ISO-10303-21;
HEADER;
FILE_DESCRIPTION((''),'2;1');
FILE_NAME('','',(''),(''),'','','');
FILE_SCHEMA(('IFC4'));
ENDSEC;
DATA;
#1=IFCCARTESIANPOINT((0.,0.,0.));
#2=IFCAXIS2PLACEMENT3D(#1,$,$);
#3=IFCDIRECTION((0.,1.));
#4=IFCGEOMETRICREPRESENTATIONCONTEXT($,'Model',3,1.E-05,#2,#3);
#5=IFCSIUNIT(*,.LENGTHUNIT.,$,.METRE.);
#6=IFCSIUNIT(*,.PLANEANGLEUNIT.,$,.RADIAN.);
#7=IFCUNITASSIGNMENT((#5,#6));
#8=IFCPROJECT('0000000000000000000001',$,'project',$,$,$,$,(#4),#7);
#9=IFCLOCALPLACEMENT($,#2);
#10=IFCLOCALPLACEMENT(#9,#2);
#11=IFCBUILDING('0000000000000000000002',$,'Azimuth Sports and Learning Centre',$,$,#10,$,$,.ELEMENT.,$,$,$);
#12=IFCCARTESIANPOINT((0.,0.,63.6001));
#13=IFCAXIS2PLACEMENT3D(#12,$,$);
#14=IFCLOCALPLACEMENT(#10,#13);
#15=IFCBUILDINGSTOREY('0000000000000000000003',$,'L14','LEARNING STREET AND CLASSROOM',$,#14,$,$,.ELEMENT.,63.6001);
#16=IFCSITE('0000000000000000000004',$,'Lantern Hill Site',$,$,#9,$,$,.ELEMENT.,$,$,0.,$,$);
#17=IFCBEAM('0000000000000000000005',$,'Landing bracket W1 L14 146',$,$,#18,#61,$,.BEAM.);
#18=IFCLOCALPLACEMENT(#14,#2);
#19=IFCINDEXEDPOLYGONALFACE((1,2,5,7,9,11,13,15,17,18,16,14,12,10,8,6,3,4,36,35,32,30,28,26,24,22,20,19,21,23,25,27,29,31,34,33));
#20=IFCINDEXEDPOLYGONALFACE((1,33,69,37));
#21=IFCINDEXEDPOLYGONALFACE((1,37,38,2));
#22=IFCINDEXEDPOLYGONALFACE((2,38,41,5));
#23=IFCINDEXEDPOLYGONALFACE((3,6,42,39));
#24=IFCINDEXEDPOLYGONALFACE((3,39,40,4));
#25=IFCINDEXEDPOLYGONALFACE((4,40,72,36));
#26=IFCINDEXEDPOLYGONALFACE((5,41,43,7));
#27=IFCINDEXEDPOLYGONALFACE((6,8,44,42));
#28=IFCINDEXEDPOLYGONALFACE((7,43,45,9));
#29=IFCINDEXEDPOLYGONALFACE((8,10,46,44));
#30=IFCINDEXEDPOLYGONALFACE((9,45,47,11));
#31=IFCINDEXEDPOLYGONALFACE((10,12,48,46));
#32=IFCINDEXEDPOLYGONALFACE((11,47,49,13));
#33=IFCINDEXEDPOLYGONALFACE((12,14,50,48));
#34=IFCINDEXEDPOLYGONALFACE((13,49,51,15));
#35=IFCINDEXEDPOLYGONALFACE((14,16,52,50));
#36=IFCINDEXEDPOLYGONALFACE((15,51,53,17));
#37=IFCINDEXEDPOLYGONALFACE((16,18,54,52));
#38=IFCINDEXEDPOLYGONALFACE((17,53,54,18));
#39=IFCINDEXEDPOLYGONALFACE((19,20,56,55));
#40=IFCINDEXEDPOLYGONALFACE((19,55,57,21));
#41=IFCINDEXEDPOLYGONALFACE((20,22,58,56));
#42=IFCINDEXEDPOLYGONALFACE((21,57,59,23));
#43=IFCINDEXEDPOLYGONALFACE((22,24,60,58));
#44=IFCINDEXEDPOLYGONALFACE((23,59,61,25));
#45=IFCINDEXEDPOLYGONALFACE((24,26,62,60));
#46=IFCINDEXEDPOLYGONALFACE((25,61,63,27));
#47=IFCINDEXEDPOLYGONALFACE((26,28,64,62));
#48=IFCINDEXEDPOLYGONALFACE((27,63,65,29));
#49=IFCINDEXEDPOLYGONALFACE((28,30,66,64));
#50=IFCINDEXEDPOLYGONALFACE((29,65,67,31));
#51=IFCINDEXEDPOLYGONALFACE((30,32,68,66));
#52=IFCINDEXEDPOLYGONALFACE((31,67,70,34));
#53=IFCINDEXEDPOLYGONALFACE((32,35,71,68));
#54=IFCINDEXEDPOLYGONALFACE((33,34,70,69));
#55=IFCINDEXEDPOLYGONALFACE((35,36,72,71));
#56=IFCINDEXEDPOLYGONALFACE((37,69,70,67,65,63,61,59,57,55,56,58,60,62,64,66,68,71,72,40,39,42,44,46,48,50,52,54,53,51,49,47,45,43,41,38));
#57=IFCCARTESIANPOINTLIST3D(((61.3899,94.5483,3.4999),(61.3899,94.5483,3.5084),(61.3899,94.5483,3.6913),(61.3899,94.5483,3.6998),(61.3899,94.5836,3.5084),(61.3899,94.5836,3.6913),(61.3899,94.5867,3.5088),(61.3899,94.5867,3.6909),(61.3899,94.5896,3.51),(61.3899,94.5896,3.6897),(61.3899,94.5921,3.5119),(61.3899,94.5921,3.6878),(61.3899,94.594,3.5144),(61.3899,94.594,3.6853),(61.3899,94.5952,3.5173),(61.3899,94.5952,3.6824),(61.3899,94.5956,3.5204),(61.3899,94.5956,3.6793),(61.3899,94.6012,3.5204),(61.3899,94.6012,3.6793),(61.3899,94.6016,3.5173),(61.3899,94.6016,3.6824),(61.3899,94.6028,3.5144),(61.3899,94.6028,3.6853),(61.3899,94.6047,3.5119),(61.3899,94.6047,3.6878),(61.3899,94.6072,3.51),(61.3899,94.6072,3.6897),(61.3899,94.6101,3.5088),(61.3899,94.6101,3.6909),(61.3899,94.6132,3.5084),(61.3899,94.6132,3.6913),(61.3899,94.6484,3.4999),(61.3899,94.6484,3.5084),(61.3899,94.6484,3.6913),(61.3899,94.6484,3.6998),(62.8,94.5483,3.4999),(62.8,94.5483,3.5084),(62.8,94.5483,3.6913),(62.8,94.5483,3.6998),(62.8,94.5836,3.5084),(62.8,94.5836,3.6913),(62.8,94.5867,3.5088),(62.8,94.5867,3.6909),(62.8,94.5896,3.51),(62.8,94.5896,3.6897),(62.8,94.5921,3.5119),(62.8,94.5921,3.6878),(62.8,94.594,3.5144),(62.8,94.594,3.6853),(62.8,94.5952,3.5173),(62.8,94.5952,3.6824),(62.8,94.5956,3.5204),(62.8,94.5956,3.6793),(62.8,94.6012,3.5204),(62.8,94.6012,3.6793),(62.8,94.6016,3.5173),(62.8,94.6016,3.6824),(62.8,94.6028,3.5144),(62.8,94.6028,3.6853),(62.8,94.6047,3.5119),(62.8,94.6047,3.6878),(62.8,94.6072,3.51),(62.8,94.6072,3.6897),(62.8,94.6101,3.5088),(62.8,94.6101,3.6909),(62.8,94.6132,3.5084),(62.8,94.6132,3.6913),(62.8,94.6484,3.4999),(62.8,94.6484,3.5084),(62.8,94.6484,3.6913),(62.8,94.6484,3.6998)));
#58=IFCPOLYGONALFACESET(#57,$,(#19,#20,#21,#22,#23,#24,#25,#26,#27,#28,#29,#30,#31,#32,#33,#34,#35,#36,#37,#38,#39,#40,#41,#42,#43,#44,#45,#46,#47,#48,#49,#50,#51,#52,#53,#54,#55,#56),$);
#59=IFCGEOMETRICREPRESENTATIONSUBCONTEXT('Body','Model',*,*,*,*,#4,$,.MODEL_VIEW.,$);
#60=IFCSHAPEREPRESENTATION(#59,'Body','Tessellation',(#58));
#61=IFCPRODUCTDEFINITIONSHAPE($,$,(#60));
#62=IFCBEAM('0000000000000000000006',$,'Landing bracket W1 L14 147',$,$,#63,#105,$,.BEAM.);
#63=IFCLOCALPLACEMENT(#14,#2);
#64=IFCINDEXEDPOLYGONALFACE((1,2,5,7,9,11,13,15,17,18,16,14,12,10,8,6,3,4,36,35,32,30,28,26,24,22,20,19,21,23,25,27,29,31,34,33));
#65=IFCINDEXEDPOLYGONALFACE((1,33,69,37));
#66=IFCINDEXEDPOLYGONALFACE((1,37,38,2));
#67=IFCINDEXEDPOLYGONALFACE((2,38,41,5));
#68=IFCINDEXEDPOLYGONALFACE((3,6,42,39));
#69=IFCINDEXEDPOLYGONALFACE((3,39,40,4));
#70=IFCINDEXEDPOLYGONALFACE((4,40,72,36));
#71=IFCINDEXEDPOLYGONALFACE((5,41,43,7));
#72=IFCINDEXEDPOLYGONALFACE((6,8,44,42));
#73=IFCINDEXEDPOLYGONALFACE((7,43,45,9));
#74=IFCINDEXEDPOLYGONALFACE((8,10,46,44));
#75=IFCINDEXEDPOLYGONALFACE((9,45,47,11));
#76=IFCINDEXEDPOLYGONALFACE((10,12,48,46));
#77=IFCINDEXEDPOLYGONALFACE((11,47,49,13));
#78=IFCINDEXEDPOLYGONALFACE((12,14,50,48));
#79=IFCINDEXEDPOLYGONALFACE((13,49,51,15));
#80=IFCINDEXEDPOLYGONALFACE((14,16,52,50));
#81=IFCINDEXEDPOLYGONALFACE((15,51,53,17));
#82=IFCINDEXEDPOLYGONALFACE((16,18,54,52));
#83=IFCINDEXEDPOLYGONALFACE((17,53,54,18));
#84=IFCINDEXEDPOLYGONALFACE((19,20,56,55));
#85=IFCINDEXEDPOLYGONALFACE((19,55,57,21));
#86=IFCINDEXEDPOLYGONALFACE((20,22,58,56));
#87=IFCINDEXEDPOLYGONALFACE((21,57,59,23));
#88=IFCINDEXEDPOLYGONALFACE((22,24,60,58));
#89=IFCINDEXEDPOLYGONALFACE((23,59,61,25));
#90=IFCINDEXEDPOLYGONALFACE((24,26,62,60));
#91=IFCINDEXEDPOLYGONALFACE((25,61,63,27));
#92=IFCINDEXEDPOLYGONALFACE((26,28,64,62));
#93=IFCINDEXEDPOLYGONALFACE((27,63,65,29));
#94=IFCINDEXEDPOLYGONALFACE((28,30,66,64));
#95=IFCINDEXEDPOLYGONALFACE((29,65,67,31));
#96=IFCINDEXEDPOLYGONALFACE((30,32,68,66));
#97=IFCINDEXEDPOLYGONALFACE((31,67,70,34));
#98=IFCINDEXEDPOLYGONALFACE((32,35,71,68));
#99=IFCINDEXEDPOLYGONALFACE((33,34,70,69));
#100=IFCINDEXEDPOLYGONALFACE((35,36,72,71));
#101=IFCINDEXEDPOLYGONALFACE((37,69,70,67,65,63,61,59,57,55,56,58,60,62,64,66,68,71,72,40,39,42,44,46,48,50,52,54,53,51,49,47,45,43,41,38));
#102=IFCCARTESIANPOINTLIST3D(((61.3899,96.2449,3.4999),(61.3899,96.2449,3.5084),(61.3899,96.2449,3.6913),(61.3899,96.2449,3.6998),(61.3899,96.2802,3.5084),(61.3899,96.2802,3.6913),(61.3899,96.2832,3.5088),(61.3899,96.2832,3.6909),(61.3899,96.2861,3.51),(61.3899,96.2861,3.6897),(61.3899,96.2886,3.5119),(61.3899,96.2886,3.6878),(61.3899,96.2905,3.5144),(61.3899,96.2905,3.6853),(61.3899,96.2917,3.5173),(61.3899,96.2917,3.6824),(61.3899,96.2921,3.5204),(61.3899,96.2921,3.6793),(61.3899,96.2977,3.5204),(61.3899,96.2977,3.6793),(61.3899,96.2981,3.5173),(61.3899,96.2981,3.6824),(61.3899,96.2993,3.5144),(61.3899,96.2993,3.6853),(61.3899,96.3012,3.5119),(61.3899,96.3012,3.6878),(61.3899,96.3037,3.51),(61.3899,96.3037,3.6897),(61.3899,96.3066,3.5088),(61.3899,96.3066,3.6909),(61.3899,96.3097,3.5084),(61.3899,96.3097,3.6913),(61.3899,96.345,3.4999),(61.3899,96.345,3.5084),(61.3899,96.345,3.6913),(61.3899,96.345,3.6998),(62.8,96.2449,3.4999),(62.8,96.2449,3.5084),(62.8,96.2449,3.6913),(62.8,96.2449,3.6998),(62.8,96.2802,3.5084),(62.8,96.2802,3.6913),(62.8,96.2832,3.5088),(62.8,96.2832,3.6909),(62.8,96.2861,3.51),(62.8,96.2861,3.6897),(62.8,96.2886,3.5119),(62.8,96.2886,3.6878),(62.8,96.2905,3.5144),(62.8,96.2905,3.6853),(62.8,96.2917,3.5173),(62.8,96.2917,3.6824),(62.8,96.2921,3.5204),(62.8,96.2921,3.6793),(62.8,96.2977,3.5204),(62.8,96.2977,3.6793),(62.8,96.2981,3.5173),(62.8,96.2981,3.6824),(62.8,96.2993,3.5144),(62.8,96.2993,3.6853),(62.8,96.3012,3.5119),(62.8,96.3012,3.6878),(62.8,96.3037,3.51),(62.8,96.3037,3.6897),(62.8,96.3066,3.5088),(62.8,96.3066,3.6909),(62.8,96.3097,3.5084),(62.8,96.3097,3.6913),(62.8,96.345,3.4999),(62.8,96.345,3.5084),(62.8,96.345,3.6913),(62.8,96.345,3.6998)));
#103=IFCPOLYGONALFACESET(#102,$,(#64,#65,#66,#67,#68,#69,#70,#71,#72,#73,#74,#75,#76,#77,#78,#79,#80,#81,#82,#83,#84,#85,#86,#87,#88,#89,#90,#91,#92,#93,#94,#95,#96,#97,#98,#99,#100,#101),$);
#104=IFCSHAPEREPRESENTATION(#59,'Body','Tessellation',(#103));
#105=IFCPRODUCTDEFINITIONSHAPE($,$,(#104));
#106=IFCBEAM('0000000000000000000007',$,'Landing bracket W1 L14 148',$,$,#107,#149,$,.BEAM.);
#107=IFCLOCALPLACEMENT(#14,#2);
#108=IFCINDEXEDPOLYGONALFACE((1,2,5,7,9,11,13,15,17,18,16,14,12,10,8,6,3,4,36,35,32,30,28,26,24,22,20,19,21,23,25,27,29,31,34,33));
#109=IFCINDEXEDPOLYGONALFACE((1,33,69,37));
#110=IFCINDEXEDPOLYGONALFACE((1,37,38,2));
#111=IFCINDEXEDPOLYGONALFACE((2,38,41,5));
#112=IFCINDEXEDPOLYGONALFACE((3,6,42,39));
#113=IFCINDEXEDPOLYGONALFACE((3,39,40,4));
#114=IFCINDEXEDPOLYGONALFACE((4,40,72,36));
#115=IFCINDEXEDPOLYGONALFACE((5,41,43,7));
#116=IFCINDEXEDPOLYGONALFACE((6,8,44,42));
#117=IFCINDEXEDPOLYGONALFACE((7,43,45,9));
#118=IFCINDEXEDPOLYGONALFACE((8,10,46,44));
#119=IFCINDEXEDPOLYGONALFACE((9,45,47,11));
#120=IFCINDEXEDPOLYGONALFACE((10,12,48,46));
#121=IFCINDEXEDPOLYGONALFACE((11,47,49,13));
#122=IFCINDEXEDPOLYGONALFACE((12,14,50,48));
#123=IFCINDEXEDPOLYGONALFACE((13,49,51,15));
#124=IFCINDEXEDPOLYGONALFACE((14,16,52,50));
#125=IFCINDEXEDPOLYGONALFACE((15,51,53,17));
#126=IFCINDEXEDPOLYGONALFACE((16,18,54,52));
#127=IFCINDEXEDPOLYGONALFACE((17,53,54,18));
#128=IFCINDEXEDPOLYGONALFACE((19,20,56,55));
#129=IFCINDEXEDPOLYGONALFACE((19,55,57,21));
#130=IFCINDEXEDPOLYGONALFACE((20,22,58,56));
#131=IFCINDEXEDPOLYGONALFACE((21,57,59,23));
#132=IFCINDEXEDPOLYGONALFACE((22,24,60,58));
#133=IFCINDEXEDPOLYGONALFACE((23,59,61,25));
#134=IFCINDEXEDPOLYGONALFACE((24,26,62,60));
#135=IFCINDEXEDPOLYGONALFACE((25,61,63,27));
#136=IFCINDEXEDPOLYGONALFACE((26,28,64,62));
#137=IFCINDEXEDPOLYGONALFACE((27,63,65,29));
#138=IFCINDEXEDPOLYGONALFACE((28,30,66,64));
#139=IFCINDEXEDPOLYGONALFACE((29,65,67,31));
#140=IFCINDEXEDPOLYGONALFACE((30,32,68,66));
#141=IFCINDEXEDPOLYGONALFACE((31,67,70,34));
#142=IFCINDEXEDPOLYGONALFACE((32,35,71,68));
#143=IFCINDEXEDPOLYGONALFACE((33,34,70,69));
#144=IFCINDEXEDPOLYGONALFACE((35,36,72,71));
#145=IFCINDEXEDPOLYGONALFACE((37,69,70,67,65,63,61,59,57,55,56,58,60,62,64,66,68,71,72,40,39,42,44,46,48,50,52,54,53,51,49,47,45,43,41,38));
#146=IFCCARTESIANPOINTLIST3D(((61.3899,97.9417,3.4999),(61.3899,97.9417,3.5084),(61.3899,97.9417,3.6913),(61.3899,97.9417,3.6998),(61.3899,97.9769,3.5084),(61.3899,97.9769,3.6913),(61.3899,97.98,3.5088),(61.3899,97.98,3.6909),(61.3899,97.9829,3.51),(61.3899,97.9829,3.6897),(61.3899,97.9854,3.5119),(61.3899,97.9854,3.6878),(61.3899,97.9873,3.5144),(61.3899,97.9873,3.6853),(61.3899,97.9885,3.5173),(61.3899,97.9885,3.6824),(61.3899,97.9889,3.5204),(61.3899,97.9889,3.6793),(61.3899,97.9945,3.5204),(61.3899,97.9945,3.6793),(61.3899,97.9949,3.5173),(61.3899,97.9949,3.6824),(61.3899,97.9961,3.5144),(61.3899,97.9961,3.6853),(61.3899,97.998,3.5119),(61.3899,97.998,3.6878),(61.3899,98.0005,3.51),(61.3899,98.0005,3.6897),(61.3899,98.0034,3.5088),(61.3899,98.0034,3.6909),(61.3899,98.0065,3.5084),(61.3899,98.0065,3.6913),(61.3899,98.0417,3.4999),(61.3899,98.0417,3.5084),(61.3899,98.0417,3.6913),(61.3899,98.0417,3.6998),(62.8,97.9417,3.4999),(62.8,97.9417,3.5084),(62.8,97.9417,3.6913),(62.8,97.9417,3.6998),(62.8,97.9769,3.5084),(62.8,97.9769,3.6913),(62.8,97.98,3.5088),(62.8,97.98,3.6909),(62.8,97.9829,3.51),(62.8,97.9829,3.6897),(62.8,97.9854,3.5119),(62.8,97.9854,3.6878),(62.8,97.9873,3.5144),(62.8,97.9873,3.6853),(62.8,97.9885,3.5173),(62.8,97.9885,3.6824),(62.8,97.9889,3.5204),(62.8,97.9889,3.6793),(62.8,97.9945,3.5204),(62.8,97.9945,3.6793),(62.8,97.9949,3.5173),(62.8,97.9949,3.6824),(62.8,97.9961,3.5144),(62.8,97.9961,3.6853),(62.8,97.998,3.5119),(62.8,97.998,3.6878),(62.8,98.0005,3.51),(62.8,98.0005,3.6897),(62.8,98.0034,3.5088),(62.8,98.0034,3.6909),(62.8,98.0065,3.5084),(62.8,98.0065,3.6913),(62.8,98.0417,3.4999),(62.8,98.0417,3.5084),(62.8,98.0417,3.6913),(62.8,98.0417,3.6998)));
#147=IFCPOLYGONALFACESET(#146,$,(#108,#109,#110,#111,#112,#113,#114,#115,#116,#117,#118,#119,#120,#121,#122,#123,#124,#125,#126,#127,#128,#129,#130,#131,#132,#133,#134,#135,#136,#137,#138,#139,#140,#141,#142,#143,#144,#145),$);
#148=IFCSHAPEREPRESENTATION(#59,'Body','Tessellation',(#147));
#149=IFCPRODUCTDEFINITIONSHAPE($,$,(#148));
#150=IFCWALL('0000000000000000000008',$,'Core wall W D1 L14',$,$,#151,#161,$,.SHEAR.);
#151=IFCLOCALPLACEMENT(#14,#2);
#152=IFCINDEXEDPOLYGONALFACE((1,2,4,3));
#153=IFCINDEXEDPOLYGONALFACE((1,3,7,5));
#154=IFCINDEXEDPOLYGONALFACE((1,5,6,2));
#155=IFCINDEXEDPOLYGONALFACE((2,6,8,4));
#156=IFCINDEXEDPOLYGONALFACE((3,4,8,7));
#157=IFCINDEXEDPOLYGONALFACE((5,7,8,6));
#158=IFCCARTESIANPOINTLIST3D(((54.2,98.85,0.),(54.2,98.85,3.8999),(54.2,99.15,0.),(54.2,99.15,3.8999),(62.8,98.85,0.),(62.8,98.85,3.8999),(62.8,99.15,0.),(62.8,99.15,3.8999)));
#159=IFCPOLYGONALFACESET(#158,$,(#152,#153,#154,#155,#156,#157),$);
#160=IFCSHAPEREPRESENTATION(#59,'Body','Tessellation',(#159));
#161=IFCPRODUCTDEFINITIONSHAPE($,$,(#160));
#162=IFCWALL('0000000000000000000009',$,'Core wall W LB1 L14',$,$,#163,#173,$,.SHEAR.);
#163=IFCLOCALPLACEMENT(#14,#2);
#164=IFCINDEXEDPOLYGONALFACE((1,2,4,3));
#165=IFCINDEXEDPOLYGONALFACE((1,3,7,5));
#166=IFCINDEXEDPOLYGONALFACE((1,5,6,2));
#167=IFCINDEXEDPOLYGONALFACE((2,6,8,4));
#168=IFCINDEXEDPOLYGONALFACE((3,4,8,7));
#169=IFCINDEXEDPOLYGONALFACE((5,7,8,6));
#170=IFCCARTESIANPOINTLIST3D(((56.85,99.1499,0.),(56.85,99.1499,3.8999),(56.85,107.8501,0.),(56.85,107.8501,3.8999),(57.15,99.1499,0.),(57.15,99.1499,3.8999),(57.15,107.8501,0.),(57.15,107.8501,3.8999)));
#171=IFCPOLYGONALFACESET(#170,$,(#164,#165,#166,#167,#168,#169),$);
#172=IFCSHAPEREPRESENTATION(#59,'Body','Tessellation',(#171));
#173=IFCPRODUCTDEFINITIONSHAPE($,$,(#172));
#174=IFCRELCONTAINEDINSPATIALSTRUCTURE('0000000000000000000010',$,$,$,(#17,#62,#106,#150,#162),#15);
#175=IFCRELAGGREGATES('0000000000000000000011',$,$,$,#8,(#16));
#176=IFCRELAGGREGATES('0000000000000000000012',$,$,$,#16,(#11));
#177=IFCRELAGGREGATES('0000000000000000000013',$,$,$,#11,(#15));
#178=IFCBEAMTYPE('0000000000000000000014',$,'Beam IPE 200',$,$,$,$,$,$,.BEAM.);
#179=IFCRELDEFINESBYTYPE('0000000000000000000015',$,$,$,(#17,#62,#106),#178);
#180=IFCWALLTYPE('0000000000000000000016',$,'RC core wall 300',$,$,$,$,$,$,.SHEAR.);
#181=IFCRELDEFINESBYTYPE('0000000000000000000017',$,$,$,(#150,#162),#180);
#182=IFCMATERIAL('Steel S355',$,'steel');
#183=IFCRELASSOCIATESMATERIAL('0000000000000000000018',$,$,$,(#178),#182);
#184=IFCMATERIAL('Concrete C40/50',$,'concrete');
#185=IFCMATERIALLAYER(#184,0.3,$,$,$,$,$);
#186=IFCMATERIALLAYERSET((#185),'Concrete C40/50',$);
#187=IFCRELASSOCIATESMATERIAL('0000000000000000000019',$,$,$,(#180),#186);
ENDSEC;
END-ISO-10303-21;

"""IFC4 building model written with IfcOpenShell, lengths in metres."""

from ifc_helpers import new_model, si_unit, direction, frame, frame_2d, origin, origin_2d, place, context, subcontext, project, spatial, rectangle, i_section, extrude, material, layer, layer_set, material_profile, profile_set, type_object, element, save


model = new_model("IFC4")

# Units and contexts
model_context = context("Model", 3, precision=1e-05, world=origin(), true_north=direction((0.0, 1.0)))
body_context = subcontext(model_context, "Body", "Model", "MODEL_VIEW")
ifc_project = project(units=[si_unit("LENGTHUNIT", "METRE"), si_unit("PLANEANGLEUNIT", "RADIAN")], contexts=[model_context])

# Site, building, storey
site_placement = place(None, origin())
site = spatial("IfcSite", under=ifc_project, at=site_placement, Name="Lantern Hill Site", CompositionType="ELEMENT", RefElevation=0.0)
building_placement = place(site_placement, origin())
building = spatial("IfcBuilding", under=site, at=building_placement, Name="Azimuth Sports and Learning Centre", CompositionType="ELEMENT")
storey_placement = place(building_placement, frame((0.0, 0.0, 63.6001)))
storey = spatial("IfcBuildingStorey", under=building, at=storey_placement, Name="L14", Description="LEARNING STREET AND CLASSROOM", CompositionType="ELEMENT", Elevation=63.6001)

# Beams
ifc_material_1 = material(Name="Steel S355", Category="steel")
ifc_material_profile = material_profile(ifc_material_1, i_section(OverallWidth=0.1001, OverallDepth=0.2, WebThickness=0.0056, FlangeThickness=0.0085, FilletRadius=0.012, at=origin_2d()), Name="IPE 200")
ifc_profile_set = profile_set([ifc_material_profile], Name="Steel S355")
beam_type = type_object("IfcBeamType", Name="Beam IPE 200", PredefinedType="BEAM", material=ifc_profile_set)
for number, where, z_axis, x_axis, name in (
    (1, (62.8, 94.5984, 3.5999), (-1.0, 0.0, 0.0), (0.0, -1.0, 0.0), "Landing bracket W1 L14 146"),
    (2, (62.8, 96.2949, 3.5999), (-1.0, 0.0, 0.0), (0.0, -1.0, 0.0), "Landing bracket W1 L14 147"),
    (3, (62.8, 97.9917, 3.5999), (-1.0, 0.0, 0.0), (0.0, -1.0, 0.0), "Landing bracket W1 L14 148"),
):
    element("IfcBeam", number, at=place(storey_placement, frame(where, z_axis=z_axis, x_axis=x_axis)), inside=storey, type_object=beam_type, Name=name, PredefinedType="BEAM", context=body_context, shape_type="SweptSolid", body=[
        extrude(i_section(OverallWidth=0.1001, OverallDepth=0.2, WebThickness=0.0056, FlangeThickness=0.0085, FilletRadius=0.012, at=origin_2d()), origin(), (0.0, 0.0, 1.0), 1.4102),
    ])

# Walls
ifc_material_2 = material(Name="Concrete C40/50", Category="concrete")
ifc_layer_1 = layer(ifc_material_2, 0.3)
ifc_layer_set_1 = layer_set([ifc_layer_1], Name="Concrete C40/50")
wall_type = type_object("IfcWallType", Name="RC core wall 300", PredefinedType="SHEAR", material=ifc_layer_set_1)
wall_1_placement = place(storey_placement, frame((54.2, 99.0, 0.0), z_axis=(0.0, 0.0, 1.0), x_axis=(1.0, 0.0, 0.0)))
element("IfcWall", 4, at=wall_1_placement, inside=storey, type_object=wall_type, Name="Core wall W D1 L14", PredefinedType="SHEAR", context=body_context, shape_type="SweptSolid", body=[
    extrude(rectangle(XDim=8.6001, YDim=0.3, at=frame_2d((4.3, 0.0))), origin(), (0.0, 0.0, 1.0), 3.8999),
])
wall_2_placement = place(storey_placement, frame((57.0, 99.1499, 0.0), z_axis=(0.0, 0.0, 1.0), x_axis=(0.0, 1.0, 0.0)))
element("IfcWall", 5, at=wall_2_placement, inside=storey, type_object=wall_type, Name="Core wall W LB1 L14", PredefinedType="SHEAR", context=body_context, shape_type="SweptSolid", body=[
    extrude(rectangle(XDim=8.7002, YDim=0.3, at=frame_2d((4.3501, 0.0))), origin(), (0.0, 0.0, 1.0), 3.8999),
])

save(model, "model.ifc")
